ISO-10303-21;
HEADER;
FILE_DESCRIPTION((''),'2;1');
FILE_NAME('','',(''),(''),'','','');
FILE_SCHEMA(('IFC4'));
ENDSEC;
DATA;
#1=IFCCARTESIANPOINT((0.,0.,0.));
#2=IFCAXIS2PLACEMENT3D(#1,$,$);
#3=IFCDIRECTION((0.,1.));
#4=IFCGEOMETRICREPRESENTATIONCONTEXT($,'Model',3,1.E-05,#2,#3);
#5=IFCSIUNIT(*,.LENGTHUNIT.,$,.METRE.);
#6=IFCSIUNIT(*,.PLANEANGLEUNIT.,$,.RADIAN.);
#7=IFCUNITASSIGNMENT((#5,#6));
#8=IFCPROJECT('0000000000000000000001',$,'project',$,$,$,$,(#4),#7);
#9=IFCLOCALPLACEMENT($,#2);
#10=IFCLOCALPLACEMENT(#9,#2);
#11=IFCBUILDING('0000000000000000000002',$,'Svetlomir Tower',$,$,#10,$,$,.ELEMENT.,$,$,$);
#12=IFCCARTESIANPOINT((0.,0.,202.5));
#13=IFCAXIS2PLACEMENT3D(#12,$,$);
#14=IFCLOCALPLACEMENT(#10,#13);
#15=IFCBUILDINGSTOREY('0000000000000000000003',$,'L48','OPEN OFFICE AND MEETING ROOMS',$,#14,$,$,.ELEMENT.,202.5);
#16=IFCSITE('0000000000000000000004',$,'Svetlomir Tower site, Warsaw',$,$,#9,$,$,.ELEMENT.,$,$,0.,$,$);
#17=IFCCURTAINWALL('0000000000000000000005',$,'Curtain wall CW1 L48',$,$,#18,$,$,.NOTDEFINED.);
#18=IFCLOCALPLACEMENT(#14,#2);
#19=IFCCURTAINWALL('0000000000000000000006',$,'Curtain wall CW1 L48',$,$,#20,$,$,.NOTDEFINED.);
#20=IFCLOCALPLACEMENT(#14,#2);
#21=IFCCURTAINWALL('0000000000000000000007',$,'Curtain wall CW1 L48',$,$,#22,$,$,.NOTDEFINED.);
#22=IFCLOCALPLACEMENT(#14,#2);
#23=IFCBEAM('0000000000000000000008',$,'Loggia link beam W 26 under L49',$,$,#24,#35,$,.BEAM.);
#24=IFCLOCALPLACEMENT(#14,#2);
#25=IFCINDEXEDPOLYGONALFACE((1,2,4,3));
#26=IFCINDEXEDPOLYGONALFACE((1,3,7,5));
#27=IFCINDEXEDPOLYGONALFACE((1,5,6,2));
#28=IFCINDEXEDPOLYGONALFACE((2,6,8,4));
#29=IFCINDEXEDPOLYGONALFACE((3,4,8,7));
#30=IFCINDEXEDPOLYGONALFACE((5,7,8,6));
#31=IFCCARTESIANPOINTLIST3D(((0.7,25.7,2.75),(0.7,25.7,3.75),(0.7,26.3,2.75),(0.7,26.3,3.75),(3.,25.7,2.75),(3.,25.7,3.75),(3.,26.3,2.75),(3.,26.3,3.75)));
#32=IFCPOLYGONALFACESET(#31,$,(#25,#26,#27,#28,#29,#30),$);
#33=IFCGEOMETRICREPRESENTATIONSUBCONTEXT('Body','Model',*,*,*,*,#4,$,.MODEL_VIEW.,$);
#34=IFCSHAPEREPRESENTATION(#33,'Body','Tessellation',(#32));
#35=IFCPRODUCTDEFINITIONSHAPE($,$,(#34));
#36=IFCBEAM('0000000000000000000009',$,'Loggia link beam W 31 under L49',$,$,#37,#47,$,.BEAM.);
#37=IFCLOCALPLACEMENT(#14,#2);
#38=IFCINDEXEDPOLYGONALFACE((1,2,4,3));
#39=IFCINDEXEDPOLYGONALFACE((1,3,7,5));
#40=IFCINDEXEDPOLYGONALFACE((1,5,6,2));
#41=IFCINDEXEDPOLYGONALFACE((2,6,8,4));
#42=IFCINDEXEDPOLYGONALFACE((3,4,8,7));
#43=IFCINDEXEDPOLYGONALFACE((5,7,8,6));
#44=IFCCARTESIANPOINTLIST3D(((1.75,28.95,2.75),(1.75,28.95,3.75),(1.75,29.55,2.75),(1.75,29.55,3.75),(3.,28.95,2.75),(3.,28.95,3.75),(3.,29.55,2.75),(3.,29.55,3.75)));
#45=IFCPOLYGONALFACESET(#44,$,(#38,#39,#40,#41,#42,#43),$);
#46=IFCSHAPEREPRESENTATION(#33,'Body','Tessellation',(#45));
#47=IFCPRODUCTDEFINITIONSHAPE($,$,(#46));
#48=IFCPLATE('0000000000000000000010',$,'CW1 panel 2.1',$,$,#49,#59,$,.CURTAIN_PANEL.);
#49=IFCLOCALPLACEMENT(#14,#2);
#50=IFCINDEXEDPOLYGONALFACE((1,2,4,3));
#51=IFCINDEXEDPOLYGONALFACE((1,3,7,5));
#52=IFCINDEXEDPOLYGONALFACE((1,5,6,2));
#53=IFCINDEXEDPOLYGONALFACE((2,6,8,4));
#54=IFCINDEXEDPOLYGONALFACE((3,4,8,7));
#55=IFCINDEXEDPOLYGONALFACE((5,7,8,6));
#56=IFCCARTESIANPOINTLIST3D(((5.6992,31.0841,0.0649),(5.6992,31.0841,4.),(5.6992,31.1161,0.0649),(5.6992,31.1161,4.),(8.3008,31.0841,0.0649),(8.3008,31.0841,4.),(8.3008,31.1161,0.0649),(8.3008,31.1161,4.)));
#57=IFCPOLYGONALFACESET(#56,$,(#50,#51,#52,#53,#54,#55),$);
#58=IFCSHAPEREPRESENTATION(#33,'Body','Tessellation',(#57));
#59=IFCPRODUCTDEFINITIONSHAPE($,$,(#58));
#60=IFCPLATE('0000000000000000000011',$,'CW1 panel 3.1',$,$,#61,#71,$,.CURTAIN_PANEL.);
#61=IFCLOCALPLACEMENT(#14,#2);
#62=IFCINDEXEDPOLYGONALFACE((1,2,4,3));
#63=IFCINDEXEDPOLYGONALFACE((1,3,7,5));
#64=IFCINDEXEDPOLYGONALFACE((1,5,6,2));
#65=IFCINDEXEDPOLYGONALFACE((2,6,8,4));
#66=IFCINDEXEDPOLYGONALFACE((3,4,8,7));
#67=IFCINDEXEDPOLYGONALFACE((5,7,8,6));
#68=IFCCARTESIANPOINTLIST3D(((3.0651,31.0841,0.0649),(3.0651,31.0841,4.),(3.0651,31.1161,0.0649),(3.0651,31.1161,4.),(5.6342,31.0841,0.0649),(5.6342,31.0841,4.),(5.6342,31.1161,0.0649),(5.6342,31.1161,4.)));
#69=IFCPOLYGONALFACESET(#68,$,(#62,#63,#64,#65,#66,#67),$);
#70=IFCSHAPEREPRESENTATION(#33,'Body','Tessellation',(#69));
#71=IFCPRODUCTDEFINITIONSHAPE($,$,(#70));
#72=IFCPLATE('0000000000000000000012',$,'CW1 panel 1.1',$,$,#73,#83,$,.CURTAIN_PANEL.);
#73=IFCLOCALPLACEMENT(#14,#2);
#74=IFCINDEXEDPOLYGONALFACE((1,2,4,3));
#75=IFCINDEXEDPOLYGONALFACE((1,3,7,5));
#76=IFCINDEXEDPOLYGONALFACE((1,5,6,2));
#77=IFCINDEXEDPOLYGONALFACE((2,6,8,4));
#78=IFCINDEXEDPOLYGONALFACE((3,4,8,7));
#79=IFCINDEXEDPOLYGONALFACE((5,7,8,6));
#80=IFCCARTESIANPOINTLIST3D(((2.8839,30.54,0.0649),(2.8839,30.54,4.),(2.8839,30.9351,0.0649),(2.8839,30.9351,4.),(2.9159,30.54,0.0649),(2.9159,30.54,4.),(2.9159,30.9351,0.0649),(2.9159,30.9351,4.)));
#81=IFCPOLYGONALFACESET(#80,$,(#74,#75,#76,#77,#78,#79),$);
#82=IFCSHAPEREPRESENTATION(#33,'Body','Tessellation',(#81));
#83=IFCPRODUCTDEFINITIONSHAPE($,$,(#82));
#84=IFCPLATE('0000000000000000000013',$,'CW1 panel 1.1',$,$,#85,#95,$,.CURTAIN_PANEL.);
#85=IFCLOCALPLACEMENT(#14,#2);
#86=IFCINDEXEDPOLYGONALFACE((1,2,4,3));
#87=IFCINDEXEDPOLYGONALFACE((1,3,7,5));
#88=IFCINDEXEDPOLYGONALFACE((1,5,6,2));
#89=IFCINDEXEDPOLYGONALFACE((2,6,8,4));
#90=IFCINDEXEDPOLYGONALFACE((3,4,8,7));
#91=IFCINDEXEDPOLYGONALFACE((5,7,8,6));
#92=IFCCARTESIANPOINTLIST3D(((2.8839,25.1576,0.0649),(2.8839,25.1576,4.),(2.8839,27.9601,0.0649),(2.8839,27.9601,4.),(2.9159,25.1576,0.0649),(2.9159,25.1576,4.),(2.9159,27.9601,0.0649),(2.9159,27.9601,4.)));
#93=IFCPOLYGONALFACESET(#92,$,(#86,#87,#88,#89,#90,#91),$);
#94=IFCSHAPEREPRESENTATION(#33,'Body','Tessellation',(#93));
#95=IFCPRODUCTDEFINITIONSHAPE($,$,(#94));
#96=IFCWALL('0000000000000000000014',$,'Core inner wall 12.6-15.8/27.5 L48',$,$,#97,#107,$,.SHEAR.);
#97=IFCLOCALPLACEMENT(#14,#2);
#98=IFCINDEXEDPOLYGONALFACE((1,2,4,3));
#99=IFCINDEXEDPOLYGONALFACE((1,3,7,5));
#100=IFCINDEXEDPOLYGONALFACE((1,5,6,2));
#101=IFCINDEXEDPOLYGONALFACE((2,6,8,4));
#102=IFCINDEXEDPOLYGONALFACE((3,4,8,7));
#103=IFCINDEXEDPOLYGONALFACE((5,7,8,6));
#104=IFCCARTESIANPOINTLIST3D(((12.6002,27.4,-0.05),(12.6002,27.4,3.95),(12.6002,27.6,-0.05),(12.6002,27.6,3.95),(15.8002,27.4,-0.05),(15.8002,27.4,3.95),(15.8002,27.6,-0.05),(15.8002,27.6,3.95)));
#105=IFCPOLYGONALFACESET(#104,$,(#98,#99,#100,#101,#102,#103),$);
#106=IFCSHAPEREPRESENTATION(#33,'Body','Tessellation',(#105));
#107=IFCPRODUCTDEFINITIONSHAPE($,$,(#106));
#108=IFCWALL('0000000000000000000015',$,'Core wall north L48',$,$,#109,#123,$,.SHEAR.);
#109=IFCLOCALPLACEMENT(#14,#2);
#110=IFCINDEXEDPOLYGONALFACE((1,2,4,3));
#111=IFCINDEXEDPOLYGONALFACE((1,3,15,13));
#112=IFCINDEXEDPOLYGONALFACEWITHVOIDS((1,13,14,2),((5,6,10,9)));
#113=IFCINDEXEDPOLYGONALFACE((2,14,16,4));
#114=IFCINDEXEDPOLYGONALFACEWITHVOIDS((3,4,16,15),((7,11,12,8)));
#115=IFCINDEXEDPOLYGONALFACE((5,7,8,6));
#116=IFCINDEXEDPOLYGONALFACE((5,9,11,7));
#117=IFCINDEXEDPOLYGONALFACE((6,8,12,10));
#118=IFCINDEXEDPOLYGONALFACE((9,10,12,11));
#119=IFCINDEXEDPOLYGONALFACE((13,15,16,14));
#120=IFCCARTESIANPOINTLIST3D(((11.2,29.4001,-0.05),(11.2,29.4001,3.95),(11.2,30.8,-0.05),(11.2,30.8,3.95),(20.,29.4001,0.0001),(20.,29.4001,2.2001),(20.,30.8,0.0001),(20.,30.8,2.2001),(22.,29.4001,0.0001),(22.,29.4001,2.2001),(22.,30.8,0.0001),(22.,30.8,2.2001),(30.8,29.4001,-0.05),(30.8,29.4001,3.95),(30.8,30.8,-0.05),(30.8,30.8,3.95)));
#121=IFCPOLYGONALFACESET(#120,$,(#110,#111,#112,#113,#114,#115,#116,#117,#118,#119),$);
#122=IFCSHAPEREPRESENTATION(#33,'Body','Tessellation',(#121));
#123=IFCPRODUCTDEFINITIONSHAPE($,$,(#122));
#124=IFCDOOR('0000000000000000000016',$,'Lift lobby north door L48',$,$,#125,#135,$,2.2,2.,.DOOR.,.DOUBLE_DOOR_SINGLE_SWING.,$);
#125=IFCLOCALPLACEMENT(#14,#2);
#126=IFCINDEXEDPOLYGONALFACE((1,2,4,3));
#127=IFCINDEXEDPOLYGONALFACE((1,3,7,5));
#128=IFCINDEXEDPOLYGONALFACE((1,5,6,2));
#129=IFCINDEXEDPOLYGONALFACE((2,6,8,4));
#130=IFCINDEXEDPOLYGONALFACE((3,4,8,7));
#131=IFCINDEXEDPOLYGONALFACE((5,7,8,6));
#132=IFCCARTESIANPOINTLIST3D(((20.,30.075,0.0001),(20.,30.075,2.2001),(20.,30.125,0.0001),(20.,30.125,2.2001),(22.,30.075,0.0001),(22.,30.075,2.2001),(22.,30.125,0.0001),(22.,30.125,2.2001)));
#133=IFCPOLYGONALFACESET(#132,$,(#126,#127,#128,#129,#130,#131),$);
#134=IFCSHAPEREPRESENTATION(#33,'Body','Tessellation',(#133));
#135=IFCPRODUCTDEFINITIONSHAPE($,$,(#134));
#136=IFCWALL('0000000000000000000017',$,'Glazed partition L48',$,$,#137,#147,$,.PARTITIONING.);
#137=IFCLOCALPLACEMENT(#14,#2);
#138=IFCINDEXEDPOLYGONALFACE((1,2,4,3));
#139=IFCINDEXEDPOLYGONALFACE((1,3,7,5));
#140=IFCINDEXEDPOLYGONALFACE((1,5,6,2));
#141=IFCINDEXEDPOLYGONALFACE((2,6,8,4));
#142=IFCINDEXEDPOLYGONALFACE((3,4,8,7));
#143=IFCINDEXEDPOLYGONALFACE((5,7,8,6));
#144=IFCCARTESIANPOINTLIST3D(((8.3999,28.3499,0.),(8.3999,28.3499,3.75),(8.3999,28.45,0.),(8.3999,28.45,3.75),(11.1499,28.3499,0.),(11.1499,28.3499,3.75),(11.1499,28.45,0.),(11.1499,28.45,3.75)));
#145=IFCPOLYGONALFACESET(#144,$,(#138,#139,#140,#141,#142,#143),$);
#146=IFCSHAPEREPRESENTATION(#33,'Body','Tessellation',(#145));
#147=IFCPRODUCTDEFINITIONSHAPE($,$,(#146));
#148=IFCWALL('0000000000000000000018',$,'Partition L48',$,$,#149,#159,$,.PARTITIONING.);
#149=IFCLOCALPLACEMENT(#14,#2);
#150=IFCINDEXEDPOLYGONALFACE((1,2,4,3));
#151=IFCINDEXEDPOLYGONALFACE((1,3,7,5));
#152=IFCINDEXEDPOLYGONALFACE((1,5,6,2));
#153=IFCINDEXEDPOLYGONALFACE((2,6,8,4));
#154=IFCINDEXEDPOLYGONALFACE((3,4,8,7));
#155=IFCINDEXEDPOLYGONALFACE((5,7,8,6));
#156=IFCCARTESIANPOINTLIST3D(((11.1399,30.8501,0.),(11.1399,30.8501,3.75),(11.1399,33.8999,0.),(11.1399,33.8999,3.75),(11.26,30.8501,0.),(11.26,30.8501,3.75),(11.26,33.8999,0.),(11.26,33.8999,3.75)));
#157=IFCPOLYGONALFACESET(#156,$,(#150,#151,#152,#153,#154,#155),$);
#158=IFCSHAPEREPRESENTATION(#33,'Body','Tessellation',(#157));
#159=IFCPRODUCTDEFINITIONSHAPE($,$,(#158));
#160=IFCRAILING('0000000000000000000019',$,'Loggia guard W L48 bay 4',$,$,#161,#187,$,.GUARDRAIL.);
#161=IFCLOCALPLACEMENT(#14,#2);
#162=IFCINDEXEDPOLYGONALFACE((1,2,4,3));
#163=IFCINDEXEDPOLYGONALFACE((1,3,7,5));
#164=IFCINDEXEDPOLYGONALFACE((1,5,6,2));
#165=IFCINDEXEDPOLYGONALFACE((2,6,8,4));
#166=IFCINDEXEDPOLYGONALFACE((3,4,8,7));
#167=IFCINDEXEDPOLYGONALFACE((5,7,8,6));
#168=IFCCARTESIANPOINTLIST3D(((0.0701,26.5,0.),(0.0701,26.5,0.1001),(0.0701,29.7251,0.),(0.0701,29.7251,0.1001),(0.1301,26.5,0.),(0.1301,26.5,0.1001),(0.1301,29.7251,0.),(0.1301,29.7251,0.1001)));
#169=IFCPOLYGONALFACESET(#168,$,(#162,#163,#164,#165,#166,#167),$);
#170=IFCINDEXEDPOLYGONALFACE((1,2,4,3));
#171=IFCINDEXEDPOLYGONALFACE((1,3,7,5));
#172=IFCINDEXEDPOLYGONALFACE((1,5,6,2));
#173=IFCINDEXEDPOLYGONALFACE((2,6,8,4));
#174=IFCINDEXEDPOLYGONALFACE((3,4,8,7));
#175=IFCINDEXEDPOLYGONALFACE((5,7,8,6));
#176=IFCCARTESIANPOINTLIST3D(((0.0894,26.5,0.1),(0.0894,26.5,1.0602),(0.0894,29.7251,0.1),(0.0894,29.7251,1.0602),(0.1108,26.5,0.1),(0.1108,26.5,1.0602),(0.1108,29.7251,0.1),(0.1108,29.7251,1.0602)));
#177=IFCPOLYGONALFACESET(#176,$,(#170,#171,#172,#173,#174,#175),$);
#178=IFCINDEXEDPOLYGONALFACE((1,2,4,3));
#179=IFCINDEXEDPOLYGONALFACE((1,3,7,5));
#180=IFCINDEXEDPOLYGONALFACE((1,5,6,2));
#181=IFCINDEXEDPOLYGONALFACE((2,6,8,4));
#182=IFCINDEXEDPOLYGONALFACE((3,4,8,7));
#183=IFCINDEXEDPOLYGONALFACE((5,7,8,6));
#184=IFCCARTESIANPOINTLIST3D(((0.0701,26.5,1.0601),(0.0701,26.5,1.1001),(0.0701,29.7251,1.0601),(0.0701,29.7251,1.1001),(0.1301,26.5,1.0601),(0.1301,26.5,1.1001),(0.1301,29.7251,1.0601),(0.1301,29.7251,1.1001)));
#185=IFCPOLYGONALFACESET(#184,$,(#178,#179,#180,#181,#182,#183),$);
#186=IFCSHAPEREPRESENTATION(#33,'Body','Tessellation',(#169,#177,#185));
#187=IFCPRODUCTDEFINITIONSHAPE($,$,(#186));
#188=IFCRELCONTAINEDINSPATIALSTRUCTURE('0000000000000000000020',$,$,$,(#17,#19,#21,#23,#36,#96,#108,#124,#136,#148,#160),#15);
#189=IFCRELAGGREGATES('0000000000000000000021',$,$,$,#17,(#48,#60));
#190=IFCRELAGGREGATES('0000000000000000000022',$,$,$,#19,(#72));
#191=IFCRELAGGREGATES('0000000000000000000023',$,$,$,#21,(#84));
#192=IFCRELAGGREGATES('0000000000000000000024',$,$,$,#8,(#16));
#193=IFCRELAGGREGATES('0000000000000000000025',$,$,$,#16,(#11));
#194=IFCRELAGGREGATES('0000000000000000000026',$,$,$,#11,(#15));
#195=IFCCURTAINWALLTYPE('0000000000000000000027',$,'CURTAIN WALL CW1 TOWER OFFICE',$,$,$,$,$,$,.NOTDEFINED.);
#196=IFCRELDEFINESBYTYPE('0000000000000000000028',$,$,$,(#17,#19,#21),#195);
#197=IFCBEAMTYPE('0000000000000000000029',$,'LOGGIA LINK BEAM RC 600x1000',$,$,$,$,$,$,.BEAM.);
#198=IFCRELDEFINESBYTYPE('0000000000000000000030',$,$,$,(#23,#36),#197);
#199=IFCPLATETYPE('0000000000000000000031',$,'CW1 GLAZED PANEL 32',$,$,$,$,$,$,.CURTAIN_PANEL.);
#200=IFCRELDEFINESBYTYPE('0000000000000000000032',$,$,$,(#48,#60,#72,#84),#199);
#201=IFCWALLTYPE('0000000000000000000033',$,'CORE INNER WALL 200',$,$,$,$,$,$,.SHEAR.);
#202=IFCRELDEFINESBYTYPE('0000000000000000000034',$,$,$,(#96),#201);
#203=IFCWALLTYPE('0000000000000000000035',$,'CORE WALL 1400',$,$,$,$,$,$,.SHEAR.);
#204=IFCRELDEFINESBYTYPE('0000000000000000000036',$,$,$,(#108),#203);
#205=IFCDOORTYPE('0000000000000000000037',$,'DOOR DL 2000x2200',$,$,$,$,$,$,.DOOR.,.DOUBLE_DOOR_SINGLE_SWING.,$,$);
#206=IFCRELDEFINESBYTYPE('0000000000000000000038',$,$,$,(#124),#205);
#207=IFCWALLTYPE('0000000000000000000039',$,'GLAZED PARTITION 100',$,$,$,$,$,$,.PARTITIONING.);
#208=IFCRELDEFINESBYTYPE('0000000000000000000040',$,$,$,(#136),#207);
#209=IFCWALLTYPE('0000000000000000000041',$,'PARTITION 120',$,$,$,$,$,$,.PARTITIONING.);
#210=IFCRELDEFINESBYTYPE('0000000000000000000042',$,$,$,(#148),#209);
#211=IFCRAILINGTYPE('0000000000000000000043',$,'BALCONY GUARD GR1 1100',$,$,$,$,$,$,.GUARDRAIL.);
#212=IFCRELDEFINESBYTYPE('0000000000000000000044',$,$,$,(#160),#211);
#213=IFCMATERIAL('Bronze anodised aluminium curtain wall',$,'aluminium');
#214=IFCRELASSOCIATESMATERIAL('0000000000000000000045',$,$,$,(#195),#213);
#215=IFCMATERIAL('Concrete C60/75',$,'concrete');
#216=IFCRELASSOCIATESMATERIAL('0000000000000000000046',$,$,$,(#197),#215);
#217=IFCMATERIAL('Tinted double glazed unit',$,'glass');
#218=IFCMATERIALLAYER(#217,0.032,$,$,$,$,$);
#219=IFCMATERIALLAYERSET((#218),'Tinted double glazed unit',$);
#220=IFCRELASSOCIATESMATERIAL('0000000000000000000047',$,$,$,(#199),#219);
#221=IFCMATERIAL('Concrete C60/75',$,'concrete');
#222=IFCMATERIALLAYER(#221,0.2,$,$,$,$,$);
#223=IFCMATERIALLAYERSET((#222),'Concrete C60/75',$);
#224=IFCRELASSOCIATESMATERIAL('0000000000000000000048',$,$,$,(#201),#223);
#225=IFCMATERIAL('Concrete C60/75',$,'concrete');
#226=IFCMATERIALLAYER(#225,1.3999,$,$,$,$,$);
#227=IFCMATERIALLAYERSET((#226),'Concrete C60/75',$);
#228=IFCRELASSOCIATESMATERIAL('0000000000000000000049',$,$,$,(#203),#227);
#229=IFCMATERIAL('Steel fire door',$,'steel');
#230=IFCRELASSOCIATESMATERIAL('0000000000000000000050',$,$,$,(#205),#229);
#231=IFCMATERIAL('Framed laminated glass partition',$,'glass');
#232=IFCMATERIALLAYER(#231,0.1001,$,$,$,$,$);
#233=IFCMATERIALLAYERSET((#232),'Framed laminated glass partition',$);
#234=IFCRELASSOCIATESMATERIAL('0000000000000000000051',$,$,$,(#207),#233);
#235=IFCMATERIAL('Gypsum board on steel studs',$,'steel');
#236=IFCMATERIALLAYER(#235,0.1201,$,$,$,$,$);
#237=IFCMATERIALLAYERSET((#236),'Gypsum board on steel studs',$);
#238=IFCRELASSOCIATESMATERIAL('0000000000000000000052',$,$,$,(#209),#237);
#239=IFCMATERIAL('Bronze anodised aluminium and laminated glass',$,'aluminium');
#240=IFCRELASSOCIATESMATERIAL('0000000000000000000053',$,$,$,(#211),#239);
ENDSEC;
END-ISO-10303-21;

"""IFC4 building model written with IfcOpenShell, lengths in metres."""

from ifc_helpers import new_model, si_unit, direction, frame, frame_2d, origin, origin_2d, place, context, subcontext, project, spatial, rectangle, extrude, material, layer, layer_set, material_profile, profile_set, type_object, element, fill, aggregate, save


model = new_model("IFC4")

# Units and contexts
model_context = context("Model", 3, precision=1e-05, world=origin(), true_north=direction((0.0, 1.0)))
body_context = subcontext(model_context, "Body", "Model", "MODEL_VIEW")
ifc_project = project(units=[si_unit("LENGTHUNIT", "METRE"), si_unit("PLANEANGLEUNIT", "RADIAN")], contexts=[model_context])

# Site, building, storey
site_placement = place(None, origin())
site = spatial("IfcSite", under=ifc_project, at=site_placement, Name="Svetlomir Tower site, Warsaw", CompositionType="ELEMENT", RefElevation=0.0)
building_placement = place(site_placement, origin())
building = spatial("IfcBuilding", under=site, at=building_placement, Name="Svetlomir Tower", CompositionType="ELEMENT")
storey_placement = place(building_placement, frame((0.0, 0.0, 202.5)))
storey = spatial("IfcBuildingStorey", under=building, at=storey_placement, Name="L48", Description="OPEN OFFICE AND MEETING ROOMS", CompositionType="ELEMENT", Elevation=202.5)

# Shared definitions
ifc_material_1 = material(Name="Bronze anodised aluminium curtain wall", Category="aluminium")
curtain_wall_type = type_object("IfcCurtainWallType", Name="CURTAIN WALL CW1 TOWER OFFICE", PredefinedType="NOTDEFINED", material=ifc_material_1)

# Curtain walls
curtain_wall_1_placement = place(storey_placement, origin())
curtain_wall_1 = element("IfcCurtainWall", 1, at=curtain_wall_1_placement, inside=storey, type_object=curtain_wall_type, Name="Curtain wall CW1 L48", PredefinedType="NOTDEFINED")
curtain_wall_2_placement = place(storey_placement, origin())
curtain_wall_2 = element("IfcCurtainWall", 2, at=curtain_wall_2_placement, inside=storey, type_object=curtain_wall_type, Name="Curtain wall CW1 L48", PredefinedType="NOTDEFINED")

# Curtain wall
curtain_wall_3_placement = place(storey_placement, origin())
curtain_wall_3 = element("IfcCurtainWall", 3, at=curtain_wall_3_placement, inside=storey, type_object=curtain_wall_type, Name="Curtain wall CW1 L48", PredefinedType="NOTDEFINED")

# Beams
ifc_material_2 = material(Name="Concrete C60/75", Category="concrete")
ifc_material_profile_1 = material_profile(ifc_material_2, rectangle(XDim=0.6001, YDim=1.0, at=origin_2d()), Name="RC 600x1000")
ifc_profile_set_1 = profile_set([ifc_material_profile_1], Name="Concrete C60/75")
beam_type_1 = type_object("IfcBeamType", Name="LOGGIA LINK BEAM RC 600x1000", PredefinedType="BEAM", material=ifc_profile_set_1)
beam_1_placement = place(storey_placement, frame((0.7, 26.0, 3.25), z_axis=(1.0, 0.0, 0.0), x_axis=(0.0, 1.0, 0.0)))
element("IfcBeam", 4, at=beam_1_placement, inside=storey, type_object=beam_type_1, Name="Loggia link beam W 26 under L49", PredefinedType="BEAM", context=body_context, shape_type="SweptSolid", body=[
    extrude(rectangle(XDim=0.6001, YDim=1.0, at=origin_2d()), origin(), (0.0, 0.0, 1.0), 2.3),
])
beam_2_placement = place(storey_placement, frame((1.75, 29.25, 3.25), z_axis=(1.0, 0.0, 0.0), x_axis=(0.0, 1.0, 0.0)))
element("IfcBeam", 5, at=beam_2_placement, inside=storey, type_object=beam_type_1, Name="Loggia link beam W 31 under L49", PredefinedType="BEAM", context=body_context, shape_type="SweptSolid", body=[
    extrude(rectangle(XDim=0.6001, YDim=1.0, at=origin_2d()), origin(), (0.0, 0.0, 1.0), 1.25),
])

# Plates
ifc_material_3 = material(Name="Tinted double glazed unit", Category="glass")
ifc_layer_1 = layer(ifc_material_3, 0.032)
ifc_layer_set_1 = layer_set([ifc_layer_1], Name="Tinted double glazed unit")
plate_type = type_object("IfcPlateType", Name="CW1 GLAZED PANEL 32", PredefinedType="CURTAIN_PANEL", material=ifc_layer_set_1)
plate_1_placement = place(storey_placement, frame((7.0, 31.1001, 0.0649), z_axis=(0.0, 0.0, 1.0), x_axis=(-1.0, 0.0, 0.0)))
plate_1 = element("IfcPlate", 6, at=plate_1_placement, type_object=plate_type, Name="CW1 panel 2.1", PredefinedType="CURTAIN_PANEL", context=body_context, shape_type="SweptSolid", body=[
    extrude(rectangle(XDim=2.6016, YDim=0.032, at=origin_2d()), origin(), (0.0, 0.0, 1.0), 3.9351),
])
plate_2_placement = place(storey_placement, frame((4.3496, 31.1001, 0.0649), z_axis=(0.0, 0.0, 1.0), x_axis=(-1.0, 0.0, 0.0)))
plate_2 = element("IfcPlate", 7, at=plate_2_placement, type_object=plate_type, Name="CW1 panel 3.1", PredefinedType="CURTAIN_PANEL", context=body_context, shape_type="SweptSolid", body=[
    extrude(rectangle(XDim=2.5691, YDim=0.032, at=origin_2d()), origin(), (0.0, 0.0, 1.0), 3.9351),
])
aggregate(curtain_wall_1, [plate_1, plate_2])
plate_3_placement = place(storey_placement, frame((2.8999, 30.7375, 0.0649), z_axis=(0.0, 0.0, 1.0), x_axis=(0.0, -1.0, 0.0)))
plate_3 = element("IfcPlate", 8, at=plate_3_placement, type_object=plate_type, Name="CW1 panel 1.1", PredefinedType="CURTAIN_PANEL", context=body_context, shape_type="SweptSolid", body=[
    extrude(rectangle(XDim=0.395, YDim=0.032, at=origin_2d()), origin(), (0.0, 0.0, 1.0), 3.9351),
])
aggregate(curtain_wall_2, [plate_3])
plate_4_placement = place(storey_placement, frame((2.8999, 26.5588, 0.0649), z_axis=(0.0, 0.0, 1.0), x_axis=(0.0, -1.0, 0.0)))
plate_4 = element("IfcPlate", 9, at=plate_4_placement, type_object=plate_type, Name="CW1 panel 1.1", PredefinedType="CURTAIN_PANEL", context=body_context, shape_type="SweptSolid", body=[
    extrude(rectangle(XDim=2.8025, YDim=0.032, at=origin_2d()), origin(), (0.0, 0.0, 1.0), 3.9351),
])
aggregate(curtain_wall_3, [plate_4])

# Wall
ifc_material_4 = material(Name="Concrete C60/75", Category="concrete")
ifc_layer_2 = layer(ifc_material_4, 0.2)
ifc_layer_set_2 = layer_set([ifc_layer_2], Name="Concrete C60/75")
wall_type_1 = type_object("IfcWallType", Name="CORE INNER WALL 200", PredefinedType="SHEAR", material=ifc_layer_set_2)
wall_1_placement = place(storey_placement, frame((12.6001, 27.5, -0.05), z_axis=(0.0, 0.0, 1.0), x_axis=(1.0, 0.0, 0.0)))
element("IfcWall", 10, at=wall_1_placement, inside=storey, type_object=wall_type_1, Name="Core inner wall 12.6-15.8/27.5 L48", PredefinedType="SHEAR", context=body_context, shape_type="SweptSolid", body=[
    extrude(rectangle(XDim=3.2, YDim=0.2, at=frame_2d((1.6001, 0.0))), origin(), (0.0, 0.0, 1.0), 4.0),
])

# Wall, opening, door
ifc_material_5 = material(Name="Concrete C60/75", Category="concrete")
ifc_layer_3 = layer(ifc_material_5, 1.3999)
ifc_layer_set_3 = layer_set([ifc_layer_3], Name="Concrete C60/75")
wall_type_2 = type_object("IfcWallType", Name="CORE WALL 1400", PredefinedType="SHEAR", material=ifc_layer_set_3)
wall_2_placement = place(storey_placement, frame((11.2, 30.1001, -0.05), z_axis=(0.0, 0.0, 1.0), x_axis=(1.0, 0.0, 0.0)))
wall_2 = element("IfcWall", 11, at=wall_2_placement, inside=storey, type_object=wall_type_2, Name="Core wall north L48", PredefinedType="SHEAR", context=body_context, shape_type="SweptSolid", body=[
    extrude(rectangle(XDim=19.6001, YDim=1.3999, at=frame_2d((9.8, 0.0))), origin(), (0.0, 0.0, 1.0), 4.0),
])
opening_placement = place(wall_2_placement, frame((8.8, 0.0, 0.05)))
opening = element("IfcOpeningElement", 12, at=opening_placement, cuts=wall_2, PredefinedType="OPENING", context=body_context, shape_type="SweptSolid", body=[
    extrude(rectangle(XDim=2.0, YDim=2.2, at=frame_2d((1.0, 1.1001))), frame((0.0, 0.71, 0.0), z_axis=(0.0, -1.0, 0.0), x_axis=(1.0, 0.0, 0.0)), (0.0, 0.0, 1.0), 1.4199),
])
ifc_material_6 = material(Name="Steel fire door", Category="steel")
door_type = type_object("IfcDoorType", Name="DOOR DL 2000x2200", OperationType="DOUBLE_DOOR_SINGLE_SWING", PredefinedType="DOOR", material=ifc_material_6)
door_placement = place(opening_placement, origin())
door = element("IfcDoor", 13, at=door_placement, inside=storey, type_object=door_type, Name="Lift lobby north door L48", OperationType="DOUBLE_DOOR_SINGLE_SWING", OverallHeight=2.2, OverallWidth=2.0, PredefinedType="DOOR", context=body_context, shape_type="SweptSolid", body=[
    extrude(rectangle(XDim=2.0, YDim=2.2, at=frame_2d((1.0, 1.1001))), frame((0.0, 0.0249, 0.0), z_axis=(0.0, -1.0, 0.0), x_axis=(1.0, 0.0, 0.0)), (0.0, 0.0, 1.0), 0.05),
])
fill(opening, door)

# Walls
ifc_material_7 = material(Name="Framed laminated glass partition", Category="glass")
ifc_layer_4 = layer(ifc_material_7, 0.1001)
ifc_layer_set_4 = layer_set([ifc_layer_4], Name="Framed laminated glass partition")
wall_type_3 = type_object("IfcWallType", Name="GLAZED PARTITION 100", PredefinedType="PARTITIONING", material=ifc_layer_set_4)
wall_3_placement = place(storey_placement, frame((8.3999, 28.3999, 0.0), z_axis=(0.0, 0.0, 1.0), x_axis=(1.0, 0.0, 0.0)))
element("IfcWall", 14, at=wall_3_placement, inside=storey, type_object=wall_type_3, Name="Glazed partition L48", PredefinedType="PARTITIONING", context=body_context, shape_type="SweptSolid", body=[
    extrude(rectangle(XDim=2.75, YDim=0.1001, at=frame_2d((1.375, 0.0))), origin(), (0.0, 0.0, 1.0), 3.75),
])
ifc_material_8 = material(Name="Gypsum board on steel studs", Category="steel")
ifc_layer_5 = layer(ifc_material_8, 0.1201)
ifc_layer_set_5 = layer_set([ifc_layer_5], Name="Gypsum board on steel studs")
wall_type_4 = type_object("IfcWallType", Name="PARTITION 120", PredefinedType="PARTITIONING", material=ifc_layer_set_5)
wall_4_placement = place(storey_placement, frame((11.2, 30.8501, 0.0), z_axis=(0.0, 0.0, 1.0), x_axis=(0.0, 1.0, 0.0)))
element("IfcWall", 15, at=wall_4_placement, inside=storey, type_object=wall_type_4, Name="Partition L48", PredefinedType="PARTITIONING", context=body_context, shape_type="SweptSolid", body=[
    extrude(rectangle(XDim=3.0498, YDim=0.1201, at=frame_2d((1.5249, 0.0))), origin(), (0.0, 0.0, 1.0), 3.75),
])

# Railing
ifc_material_9 = material(Name="Bronze anodised aluminium and laminated glass", Category="aluminium")
railing_type = type_object("IfcRailingType", Name="BALCONY GUARD GR1 1100", PredefinedType="GUARDRAIL", material=ifc_material_9)
railing_1_placement = place(storey_placement, frame((0.1001, 26.5, 0.0)))
element("IfcRailing", 16, at=railing_1_placement, inside=storey, type_object=railing_type, Name="Loggia guard W L48 bay 4", PredefinedType="GUARDRAIL", context=body_context, shape_type="SweptSolid", body=[
    extrude(rectangle(XDim=0.0601, YDim=0.1001, at=origin_2d()), frame((0.0, 0.0, 0.05), z_axis=(0.0, 1.0, 0.0), x_axis=(-1.0, 0.0, 0.0)), (0.0, 0.0, 1.0), 3.2251),
    extrude(rectangle(XDim=0.0215, YDim=0.9602, at=origin_2d()), frame((0.0, 0.0, 0.5801), z_axis=(0.0, 1.0, 0.0), x_axis=(-1.0, 0.0, 0.0)), (0.0, 0.0, 1.0), 3.2251),
    extrude(rectangle(XDim=0.0601, YDim=0.04, at=origin_2d()), frame((0.0, 0.0, 1.0801), z_axis=(0.0, 1.0, 0.0), x_axis=(-1.0, 0.0, 0.0)), (0.0, 0.0, 1.0), 3.2251),
])

save(model, "model.ifc")
